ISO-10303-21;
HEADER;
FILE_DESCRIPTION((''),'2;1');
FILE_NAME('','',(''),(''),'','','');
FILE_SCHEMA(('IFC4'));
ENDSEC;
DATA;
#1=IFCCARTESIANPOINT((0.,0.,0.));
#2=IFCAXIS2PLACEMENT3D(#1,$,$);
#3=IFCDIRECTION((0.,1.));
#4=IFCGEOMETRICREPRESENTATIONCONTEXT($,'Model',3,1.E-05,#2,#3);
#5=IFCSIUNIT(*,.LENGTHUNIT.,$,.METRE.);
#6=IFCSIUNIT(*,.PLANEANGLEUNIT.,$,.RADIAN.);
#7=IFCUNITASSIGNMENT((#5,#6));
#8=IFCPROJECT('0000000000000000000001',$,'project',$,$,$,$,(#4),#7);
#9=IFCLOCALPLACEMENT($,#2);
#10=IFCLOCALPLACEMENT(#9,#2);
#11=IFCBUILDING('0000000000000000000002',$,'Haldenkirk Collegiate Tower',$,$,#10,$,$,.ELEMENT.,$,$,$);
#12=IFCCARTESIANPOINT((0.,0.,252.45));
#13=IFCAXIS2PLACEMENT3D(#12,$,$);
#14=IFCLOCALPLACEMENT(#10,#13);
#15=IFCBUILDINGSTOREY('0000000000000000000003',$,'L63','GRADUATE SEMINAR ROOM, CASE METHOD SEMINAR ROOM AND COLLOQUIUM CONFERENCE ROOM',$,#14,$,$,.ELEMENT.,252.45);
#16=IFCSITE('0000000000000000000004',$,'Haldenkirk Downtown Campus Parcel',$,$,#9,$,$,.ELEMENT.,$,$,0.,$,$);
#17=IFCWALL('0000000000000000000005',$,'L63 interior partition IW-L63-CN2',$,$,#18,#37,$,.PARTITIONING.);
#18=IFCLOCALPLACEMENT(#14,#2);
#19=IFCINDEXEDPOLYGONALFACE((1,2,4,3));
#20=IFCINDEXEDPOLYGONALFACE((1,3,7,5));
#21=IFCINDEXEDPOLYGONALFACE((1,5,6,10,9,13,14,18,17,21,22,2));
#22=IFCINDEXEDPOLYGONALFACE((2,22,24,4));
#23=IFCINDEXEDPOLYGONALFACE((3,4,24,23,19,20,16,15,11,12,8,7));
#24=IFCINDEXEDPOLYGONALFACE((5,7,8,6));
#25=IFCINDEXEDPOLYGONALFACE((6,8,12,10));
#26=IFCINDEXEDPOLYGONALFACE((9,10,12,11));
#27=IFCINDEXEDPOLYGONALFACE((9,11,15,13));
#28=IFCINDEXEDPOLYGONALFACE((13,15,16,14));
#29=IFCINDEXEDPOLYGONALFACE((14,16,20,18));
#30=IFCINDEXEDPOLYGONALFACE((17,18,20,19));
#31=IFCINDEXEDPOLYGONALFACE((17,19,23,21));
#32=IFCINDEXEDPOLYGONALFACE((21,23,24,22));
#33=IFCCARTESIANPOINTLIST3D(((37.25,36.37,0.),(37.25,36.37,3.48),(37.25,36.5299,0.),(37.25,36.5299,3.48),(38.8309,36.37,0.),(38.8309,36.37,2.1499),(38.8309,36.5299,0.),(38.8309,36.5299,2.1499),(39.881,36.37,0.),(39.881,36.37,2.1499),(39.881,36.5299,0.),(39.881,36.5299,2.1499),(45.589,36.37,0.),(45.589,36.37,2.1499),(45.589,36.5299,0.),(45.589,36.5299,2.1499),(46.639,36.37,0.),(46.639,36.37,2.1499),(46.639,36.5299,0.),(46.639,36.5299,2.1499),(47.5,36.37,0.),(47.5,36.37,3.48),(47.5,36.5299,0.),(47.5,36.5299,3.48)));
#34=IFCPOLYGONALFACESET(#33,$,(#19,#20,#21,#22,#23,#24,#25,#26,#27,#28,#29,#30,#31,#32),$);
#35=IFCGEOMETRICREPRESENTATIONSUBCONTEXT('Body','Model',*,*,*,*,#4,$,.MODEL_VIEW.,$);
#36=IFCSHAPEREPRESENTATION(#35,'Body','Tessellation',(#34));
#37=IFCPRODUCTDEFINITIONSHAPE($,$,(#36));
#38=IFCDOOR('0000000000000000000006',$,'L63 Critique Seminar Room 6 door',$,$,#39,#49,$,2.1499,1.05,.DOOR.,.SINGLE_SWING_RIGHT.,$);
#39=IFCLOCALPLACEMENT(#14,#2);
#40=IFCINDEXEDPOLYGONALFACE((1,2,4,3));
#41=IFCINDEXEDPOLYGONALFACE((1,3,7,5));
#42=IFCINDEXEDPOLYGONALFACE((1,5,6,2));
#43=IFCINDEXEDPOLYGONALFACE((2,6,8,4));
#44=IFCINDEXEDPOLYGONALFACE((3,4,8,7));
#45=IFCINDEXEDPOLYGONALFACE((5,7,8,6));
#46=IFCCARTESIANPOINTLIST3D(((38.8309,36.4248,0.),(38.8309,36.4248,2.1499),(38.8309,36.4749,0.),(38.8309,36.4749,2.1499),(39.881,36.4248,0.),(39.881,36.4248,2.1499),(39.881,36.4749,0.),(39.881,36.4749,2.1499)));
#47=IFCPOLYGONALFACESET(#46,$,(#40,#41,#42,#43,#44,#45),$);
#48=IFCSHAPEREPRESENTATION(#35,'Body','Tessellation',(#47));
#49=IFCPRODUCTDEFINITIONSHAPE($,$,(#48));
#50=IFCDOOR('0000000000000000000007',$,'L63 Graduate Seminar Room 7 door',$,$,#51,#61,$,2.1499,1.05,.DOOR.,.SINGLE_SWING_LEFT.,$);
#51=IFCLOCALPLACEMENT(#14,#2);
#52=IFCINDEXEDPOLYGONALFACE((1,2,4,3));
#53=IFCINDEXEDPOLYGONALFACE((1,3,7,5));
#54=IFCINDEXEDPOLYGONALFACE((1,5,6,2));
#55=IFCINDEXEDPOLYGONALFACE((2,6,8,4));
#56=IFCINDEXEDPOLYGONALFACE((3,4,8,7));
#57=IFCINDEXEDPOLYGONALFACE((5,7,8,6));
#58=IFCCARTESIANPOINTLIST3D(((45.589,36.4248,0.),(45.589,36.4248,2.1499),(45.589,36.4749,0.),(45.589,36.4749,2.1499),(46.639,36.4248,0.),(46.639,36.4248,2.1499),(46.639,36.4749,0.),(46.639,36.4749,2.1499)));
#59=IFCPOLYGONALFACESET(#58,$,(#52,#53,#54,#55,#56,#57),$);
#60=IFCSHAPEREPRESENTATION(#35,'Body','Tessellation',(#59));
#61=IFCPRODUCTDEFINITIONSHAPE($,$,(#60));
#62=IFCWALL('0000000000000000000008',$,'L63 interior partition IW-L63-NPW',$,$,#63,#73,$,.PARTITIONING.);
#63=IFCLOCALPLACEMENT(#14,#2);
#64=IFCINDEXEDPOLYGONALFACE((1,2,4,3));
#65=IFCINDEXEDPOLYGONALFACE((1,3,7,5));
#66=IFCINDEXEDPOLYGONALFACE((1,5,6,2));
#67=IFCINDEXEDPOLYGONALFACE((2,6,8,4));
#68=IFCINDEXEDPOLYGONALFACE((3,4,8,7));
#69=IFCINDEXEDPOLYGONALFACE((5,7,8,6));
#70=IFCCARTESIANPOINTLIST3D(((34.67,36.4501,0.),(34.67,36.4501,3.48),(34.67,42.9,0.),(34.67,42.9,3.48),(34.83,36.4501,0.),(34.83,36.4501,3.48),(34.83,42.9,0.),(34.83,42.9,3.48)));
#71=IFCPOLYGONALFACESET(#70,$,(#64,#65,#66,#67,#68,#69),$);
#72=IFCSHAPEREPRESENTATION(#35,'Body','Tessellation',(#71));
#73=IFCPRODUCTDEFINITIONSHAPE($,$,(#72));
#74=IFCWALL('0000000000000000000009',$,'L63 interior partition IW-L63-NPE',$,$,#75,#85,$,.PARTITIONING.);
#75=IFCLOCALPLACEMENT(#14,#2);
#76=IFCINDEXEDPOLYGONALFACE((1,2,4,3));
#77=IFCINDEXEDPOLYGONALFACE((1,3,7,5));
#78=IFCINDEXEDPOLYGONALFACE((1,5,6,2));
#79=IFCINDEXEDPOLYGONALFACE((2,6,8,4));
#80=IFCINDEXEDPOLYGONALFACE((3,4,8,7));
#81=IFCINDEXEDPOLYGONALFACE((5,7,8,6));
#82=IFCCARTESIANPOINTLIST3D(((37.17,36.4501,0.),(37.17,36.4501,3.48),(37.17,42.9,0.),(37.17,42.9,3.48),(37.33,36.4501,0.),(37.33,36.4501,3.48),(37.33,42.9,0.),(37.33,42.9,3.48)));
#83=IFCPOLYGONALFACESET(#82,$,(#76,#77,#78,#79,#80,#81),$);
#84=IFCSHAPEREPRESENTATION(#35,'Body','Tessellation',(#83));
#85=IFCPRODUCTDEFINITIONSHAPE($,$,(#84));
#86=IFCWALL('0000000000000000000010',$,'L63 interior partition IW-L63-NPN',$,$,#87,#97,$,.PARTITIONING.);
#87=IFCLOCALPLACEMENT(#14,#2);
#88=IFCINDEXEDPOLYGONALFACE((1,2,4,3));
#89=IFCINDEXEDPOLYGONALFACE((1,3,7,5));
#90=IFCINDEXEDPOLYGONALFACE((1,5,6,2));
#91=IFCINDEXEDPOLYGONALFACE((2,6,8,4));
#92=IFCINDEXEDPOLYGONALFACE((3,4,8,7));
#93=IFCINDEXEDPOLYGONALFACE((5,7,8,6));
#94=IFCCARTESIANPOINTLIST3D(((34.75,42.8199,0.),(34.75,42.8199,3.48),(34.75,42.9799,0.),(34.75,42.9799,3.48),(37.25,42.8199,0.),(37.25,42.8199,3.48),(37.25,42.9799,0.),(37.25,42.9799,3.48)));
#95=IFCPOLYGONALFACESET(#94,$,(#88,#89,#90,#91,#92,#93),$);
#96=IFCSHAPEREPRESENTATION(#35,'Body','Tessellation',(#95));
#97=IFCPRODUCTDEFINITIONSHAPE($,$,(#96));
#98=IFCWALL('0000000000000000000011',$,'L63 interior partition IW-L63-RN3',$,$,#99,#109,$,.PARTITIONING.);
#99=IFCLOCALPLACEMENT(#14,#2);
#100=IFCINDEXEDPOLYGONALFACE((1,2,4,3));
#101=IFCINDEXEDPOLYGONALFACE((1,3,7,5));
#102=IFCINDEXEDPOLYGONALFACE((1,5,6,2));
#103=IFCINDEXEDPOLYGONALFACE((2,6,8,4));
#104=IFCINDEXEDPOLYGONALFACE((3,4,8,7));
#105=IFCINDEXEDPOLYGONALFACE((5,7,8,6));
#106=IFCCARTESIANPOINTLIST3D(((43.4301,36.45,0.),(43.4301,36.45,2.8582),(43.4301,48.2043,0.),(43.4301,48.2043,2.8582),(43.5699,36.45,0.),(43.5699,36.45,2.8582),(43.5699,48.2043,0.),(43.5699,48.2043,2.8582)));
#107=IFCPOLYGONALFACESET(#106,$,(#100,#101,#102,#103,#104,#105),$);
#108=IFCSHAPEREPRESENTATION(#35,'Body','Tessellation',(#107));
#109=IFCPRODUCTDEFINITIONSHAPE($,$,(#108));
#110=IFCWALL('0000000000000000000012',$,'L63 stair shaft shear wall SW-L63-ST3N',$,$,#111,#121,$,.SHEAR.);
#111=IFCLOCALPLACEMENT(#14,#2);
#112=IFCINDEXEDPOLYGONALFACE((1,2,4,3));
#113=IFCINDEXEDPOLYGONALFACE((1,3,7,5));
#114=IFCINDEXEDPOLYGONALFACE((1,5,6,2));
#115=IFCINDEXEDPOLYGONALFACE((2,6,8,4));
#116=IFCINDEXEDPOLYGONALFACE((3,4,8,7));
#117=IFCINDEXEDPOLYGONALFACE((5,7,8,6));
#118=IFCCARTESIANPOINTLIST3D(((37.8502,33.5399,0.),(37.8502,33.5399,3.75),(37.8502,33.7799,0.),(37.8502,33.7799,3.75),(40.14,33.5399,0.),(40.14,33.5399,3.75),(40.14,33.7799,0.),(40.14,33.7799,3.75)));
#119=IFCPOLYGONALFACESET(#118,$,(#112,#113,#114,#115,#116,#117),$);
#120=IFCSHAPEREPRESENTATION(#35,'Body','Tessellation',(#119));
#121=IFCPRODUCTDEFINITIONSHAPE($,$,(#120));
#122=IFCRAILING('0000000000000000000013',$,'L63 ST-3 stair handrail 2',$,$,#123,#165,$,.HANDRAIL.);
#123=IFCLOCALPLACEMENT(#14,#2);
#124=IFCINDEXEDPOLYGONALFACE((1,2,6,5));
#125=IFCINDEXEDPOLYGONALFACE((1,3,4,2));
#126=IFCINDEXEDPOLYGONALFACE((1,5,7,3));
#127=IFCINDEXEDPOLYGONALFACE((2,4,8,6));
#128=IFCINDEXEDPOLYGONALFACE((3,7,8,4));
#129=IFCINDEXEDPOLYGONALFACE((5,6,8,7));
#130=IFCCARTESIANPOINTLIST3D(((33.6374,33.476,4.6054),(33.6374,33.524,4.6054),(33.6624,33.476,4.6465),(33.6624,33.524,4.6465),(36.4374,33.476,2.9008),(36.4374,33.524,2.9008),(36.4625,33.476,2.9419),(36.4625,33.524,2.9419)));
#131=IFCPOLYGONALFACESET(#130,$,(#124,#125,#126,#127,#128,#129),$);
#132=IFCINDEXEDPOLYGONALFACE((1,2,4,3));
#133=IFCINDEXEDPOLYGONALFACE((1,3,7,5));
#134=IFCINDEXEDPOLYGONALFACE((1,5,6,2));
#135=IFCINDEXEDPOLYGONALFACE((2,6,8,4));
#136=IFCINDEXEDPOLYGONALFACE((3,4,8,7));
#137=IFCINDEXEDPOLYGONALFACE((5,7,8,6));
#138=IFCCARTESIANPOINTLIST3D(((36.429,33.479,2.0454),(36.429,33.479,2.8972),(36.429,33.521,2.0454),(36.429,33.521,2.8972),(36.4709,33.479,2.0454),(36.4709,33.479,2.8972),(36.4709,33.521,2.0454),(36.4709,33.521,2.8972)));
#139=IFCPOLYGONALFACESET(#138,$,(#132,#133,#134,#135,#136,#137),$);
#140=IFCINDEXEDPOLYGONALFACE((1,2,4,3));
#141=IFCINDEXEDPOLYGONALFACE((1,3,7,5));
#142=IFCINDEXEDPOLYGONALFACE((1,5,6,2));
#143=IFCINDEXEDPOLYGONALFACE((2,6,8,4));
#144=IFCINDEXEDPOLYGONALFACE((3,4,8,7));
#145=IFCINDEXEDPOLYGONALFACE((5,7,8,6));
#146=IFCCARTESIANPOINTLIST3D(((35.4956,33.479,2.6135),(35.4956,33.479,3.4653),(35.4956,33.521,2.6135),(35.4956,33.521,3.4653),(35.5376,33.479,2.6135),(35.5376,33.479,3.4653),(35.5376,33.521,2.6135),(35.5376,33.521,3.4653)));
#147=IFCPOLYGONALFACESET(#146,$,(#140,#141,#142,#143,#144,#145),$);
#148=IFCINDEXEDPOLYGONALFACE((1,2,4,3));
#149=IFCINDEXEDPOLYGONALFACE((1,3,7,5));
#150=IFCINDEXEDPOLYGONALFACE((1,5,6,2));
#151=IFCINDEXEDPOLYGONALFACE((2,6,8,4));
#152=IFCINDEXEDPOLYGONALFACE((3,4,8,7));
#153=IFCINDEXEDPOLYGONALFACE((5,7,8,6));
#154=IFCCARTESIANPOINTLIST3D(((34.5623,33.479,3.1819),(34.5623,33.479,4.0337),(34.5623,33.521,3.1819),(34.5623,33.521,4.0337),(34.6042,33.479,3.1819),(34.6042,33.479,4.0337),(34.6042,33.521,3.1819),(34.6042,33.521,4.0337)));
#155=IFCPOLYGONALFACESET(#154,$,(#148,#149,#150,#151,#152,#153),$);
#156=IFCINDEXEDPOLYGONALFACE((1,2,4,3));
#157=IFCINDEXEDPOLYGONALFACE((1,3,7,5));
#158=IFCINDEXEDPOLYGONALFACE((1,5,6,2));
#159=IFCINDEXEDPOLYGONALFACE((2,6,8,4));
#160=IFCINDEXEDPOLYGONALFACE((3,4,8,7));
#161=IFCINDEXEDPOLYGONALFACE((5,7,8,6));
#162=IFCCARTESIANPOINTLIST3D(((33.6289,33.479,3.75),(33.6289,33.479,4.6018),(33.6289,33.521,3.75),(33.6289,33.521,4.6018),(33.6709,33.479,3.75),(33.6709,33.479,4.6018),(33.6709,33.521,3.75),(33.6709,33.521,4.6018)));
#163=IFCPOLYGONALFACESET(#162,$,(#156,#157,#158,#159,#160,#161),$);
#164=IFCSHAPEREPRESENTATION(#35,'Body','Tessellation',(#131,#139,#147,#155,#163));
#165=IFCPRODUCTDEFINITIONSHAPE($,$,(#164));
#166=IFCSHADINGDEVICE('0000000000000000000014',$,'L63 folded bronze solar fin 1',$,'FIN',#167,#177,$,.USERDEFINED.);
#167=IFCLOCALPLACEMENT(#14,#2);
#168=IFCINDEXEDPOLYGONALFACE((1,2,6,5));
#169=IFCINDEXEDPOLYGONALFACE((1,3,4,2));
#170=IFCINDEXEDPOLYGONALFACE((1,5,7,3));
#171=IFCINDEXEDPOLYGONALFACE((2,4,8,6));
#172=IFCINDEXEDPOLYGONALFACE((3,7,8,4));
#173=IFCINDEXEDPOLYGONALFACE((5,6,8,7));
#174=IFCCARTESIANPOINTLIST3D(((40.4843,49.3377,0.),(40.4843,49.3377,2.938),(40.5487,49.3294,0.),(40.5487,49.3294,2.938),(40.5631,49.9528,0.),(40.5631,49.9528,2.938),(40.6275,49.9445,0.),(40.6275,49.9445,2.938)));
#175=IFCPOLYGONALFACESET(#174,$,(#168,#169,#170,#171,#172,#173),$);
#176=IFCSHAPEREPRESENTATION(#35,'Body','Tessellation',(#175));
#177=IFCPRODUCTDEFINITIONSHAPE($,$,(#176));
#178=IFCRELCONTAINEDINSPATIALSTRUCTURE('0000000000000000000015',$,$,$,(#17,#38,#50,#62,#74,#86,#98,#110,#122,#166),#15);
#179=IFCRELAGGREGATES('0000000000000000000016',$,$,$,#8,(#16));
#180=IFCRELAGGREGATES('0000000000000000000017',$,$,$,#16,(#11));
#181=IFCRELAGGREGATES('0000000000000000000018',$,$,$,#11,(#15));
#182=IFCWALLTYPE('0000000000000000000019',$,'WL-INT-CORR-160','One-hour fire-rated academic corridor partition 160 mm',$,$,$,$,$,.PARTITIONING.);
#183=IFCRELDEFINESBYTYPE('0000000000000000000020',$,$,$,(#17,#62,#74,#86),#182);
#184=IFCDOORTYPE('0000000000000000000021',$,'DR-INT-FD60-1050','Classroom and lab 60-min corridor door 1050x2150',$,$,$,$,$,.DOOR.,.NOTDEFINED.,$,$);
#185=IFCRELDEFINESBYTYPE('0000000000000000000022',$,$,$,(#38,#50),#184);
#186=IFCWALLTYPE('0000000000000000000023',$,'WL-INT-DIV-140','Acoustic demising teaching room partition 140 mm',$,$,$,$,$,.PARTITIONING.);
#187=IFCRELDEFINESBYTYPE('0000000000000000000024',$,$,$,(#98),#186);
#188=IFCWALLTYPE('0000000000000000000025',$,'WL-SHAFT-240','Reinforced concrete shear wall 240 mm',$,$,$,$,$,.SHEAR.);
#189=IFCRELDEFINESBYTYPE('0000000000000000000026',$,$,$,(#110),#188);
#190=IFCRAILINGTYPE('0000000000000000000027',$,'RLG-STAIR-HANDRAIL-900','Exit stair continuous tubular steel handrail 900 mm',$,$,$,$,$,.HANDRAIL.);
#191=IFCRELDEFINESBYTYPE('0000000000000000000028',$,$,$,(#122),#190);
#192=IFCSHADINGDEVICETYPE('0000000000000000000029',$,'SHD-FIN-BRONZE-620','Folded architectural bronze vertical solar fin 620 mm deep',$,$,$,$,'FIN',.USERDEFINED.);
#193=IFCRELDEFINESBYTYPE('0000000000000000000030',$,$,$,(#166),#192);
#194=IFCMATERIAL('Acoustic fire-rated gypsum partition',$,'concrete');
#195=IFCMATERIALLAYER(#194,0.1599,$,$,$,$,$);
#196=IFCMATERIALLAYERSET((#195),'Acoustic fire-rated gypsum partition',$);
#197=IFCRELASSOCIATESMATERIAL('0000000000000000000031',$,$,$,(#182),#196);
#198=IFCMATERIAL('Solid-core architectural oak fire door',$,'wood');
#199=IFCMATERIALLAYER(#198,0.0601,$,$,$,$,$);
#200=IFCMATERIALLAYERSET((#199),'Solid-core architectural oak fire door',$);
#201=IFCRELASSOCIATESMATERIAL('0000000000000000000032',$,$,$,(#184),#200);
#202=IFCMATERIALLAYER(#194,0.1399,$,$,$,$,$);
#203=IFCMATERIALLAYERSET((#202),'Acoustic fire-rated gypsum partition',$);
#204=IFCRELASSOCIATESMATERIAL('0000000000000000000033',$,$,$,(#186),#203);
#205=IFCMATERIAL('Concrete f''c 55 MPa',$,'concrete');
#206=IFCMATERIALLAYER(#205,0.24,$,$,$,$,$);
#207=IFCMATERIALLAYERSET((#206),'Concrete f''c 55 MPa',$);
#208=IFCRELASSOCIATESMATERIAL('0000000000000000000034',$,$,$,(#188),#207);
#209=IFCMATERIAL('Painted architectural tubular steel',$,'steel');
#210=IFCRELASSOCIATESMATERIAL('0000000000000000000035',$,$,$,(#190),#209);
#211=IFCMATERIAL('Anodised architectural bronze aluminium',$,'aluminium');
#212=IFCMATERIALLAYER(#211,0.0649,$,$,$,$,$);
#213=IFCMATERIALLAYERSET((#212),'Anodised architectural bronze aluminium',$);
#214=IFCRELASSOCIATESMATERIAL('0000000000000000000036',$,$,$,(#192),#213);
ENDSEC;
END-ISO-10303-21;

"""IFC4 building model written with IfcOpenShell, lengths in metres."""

from ifc_helpers import new_model, si_unit, direction, frame, frame_2d, origin, origin_2d, place, context, subcontext, project, spatial, rectangle, extrude, source, transform, mapped, material, layer, layer_set, type_object, element, fill, save


model = new_model("IFC4")

# Units and contexts
model_context = context("Model", 3, precision=1e-05, world=origin(), true_north=direction((0.0, 1.0)))
body_context = subcontext(model_context, "Body", "Model", "MODEL_VIEW")
ifc_project = project(units=[si_unit("LENGTHUNIT", "METRE"), si_unit("PLANEANGLEUNIT", "RADIAN")], contexts=[model_context])

# Site, building, storey
site_placement = place(None, origin())
site = spatial("IfcSite", under=ifc_project, at=site_placement, Name="Haldenkirk Downtown Campus Parcel", CompositionType="ELEMENT", RefElevation=0.0)
building_placement = place(site_placement, origin())
building = spatial("IfcBuilding", under=site, at=building_placement, Name="Haldenkirk Collegiate Tower", CompositionType="ELEMENT")
storey_placement = place(building_placement, frame((0.0, 0.0, 252.45)))
storey = spatial("IfcBuildingStorey", under=building, at=storey_placement, Name="L63", Description="GRADUATE SEMINAR ROOM, CASE METHOD SEMINAR ROOM AND COLLOQUIUM CONFERENCE ROOM", CompositionType="ELEMENT", Elevation=252.45)

# Shared definitions
ifc_material_1 = material(Name="Anodised architectural bronze aluminium", Category="aluminium")

# Wall, openings, doors
ifc_material_2 = material(Name="Acoustic fire-rated gypsum partition", Category="concrete")
ifc_layer_1 = layer(ifc_material_2, 0.1599)
ifc_layer_set_1 = layer_set([ifc_layer_1], Name="Acoustic fire-rated gypsum partition")
wall_type_1 = type_object("IfcWallType", Name="WL-INT-CORR-160", Description="One-hour fire-rated academic corridor partition 160 mm", PredefinedType="PARTITIONING", material=ifc_layer_set_1)
wall_1_placement = place(storey_placement, frame((37.25, 36.45, 0.0), z_axis=(0.0, 0.0, 1.0), x_axis=(1.0, 0.0, 0.0)))
wall_1 = element("IfcWall", 1, at=wall_1_placement, inside=storey, type_object=wall_type_1, Name="L63 interior partition IW-L63-CN2", PredefinedType="PARTITIONING", context=body_context, shape_type="SweptSolid", body=[
    extrude(rectangle(XDim=10.25, YDim=0.1599, at=frame_2d((5.125, 0.0))), origin(), (0.0, 0.0, 1.0), 3.48),
])
opening_1_placement = place(wall_1_placement, frame((1.5811, 0.0, 0.0)))
opening_1 = element("IfcOpeningElement", 2, at=opening_1_placement, cuts=wall_1, PredefinedType="OPENING", context=body_context, shape_type="SweptSolid", body=[
    extrude(rectangle(XDim=1.05, YDim=2.1499, at=frame_2d((0.5249, 1.075))), frame((0.0, 0.0898, 0.0), z_axis=(0.0, -1.0, 0.0), x_axis=(1.0, 0.0, 0.0)), (0.0, 0.0, 1.0), 0.1799),
])
opening_2_placement = place(wall_1_placement, frame((8.3391, 0.0, 0.0)))
opening_2 = element("IfcOpeningElement", 3, at=opening_2_placement, cuts=wall_1, PredefinedType="OPENING", context=body_context, shape_type="SweptSolid", body=[
    extrude(rectangle(XDim=1.05, YDim=2.1499, at=frame_2d((0.5249, 1.075))), frame((0.0, 0.0898, 0.0), z_axis=(0.0, -1.0, 0.0), x_axis=(1.0, 0.0, 0.0)), (0.0, 0.0, 1.0), 0.1799),
])
ifc_material_3 = material(Name="Solid-core architectural oak fire door", Category="wood")
ifc_layer_2 = layer(ifc_material_3, 0.0601)
ifc_layer_set_2 = layer_set([ifc_layer_2], Name="Solid-core architectural oak fire door")
door_type = type_object("IfcDoorType", Name="DR-INT-FD60-1050", Description="Classroom and lab 60-min corridor door 1050x2150", OperationType="NOTDEFINED", PredefinedType="DOOR", material=ifc_layer_set_2)
door_1_placement = place(opening_1_placement, origin())
door_1 = element("IfcDoor", 4, at=door_1_placement, inside=storey, type_object=door_type, Name="L63 Critique Seminar Room 6 door", OperationType="SINGLE_SWING_RIGHT", OverallHeight=2.1499, OverallWidth=1.05, PredefinedType="DOOR", context=body_context, shape_type="SweptSolid", body=[
    extrude(rectangle(XDim=1.05, YDim=2.1499, at=frame_2d((0.5249, 1.075))), frame((0.0, 0.0249, 0.0), z_axis=(0.0, -1.0, 0.0), x_axis=(1.0, 0.0, 0.0)), (0.0, 0.0, 1.0), 0.05),
])
fill(opening_1, door_1)
door_2_placement = place(opening_2_placement, origin())
door_2 = element("IfcDoor", 5, at=door_2_placement, inside=storey, type_object=door_type, Name="L63 Graduate Seminar Room 7 door", OperationType="SINGLE_SWING_LEFT", OverallHeight=2.1499, OverallWidth=1.05, PredefinedType="DOOR", context=body_context, shape_type="SweptSolid", body=[
    extrude(rectangle(XDim=1.05, YDim=2.1499, at=frame_2d((0.5249, 1.075))), frame((0.0, 0.0249, 0.0), z_axis=(0.0, -1.0, 0.0), x_axis=(1.0, 0.0, 0.0)), (0.0, 0.0, 1.0), 0.05),
])
fill(opening_2, door_2)

# Walls
for number, where, z_axis, x_axis, name in (
    (6, (34.75, 36.45, 0.0), (0.0, 0.0, 1.0), (0.0, 1.0, 0.0), "L63 interior partition IW-L63-NPW"),
    (7, (37.25, 36.45, 0.0), (0.0, 0.0, 1.0), (0.0, 1.0, 0.0), "L63 interior partition IW-L63-NPE"),
):
    element("IfcWall", number, at=place(storey_placement, frame(where, z_axis=z_axis, x_axis=x_axis)), inside=storey, type_object=wall_type_1, Name=name, PredefinedType="PARTITIONING", context=body_context, shape_type="SweptSolid", body=[
        extrude(rectangle(XDim=6.45, YDim=0.1599, at=frame_2d((3.2251, 0.0))), origin(), (0.0, 0.0, 1.0), 3.48),
    ])
wall_2_placement = place(storey_placement, frame((34.75, 42.8999, 0.0), z_axis=(0.0, 0.0, 1.0), x_axis=(1.0, 0.0, 0.0)))
element("IfcWall", 8, at=wall_2_placement, inside=storey, type_object=wall_type_1, Name="L63 interior partition IW-L63-NPN", PredefinedType="PARTITIONING", context=body_context, shape_type="SweptSolid", body=[
    extrude(rectangle(XDim=2.5, YDim=0.1599, at=frame_2d((1.25, 0.0))), origin(), (0.0, 0.0, 1.0), 3.48),
])
ifc_layer_3 = layer(ifc_material_2, 0.1399)
ifc_layer_set_3 = layer_set([ifc_layer_3], Name="Acoustic fire-rated gypsum partition")
wall_type_2 = type_object("IfcWallType", Name="WL-INT-DIV-140", Description="Acoustic demising teaching room partition 140 mm", PredefinedType="PARTITIONING", material=ifc_layer_set_3)
wall_3_placement = place(storey_placement, frame((43.5, 36.45, 0.0), z_axis=(0.0, 0.0, 1.0), x_axis=(0.0, 1.0, 0.0)))
element("IfcWall", 9, at=wall_3_placement, inside=storey, type_object=wall_type_2, Name="L63 interior partition IW-L63-RN3", PredefinedType="PARTITIONING", context=body_context, shape_type="SweptSolid", body=[
    extrude(rectangle(XDim=11.7544, YDim=0.1399, at=frame_2d((5.8772, 0.0))), origin(), (0.0, 0.0, 1.0), 2.8582),
])
ifc_material_4 = material(Name="Concrete f'c 55 MPa", Category="concrete")
ifc_layer_4 = layer(ifc_material_4, 0.24)
ifc_layer_set_4 = layer_set([ifc_layer_4], Name="Concrete f'c 55 MPa")
wall_type_3 = type_object("IfcWallType", Name="WL-SHAFT-240", Description="Reinforced concrete shear wall 240 mm", PredefinedType="SHEAR", material=ifc_layer_set_4)
wall_4_placement = place(storey_placement, frame((37.8501, 33.6599, 0.0), z_axis=(0.0, 0.0, 1.0), x_axis=(1.0, 0.0, 0.0)))
element("IfcWall", 10, at=wall_4_placement, inside=storey, type_object=wall_type_3, Name="L63 stair shaft shear wall SW-L63-ST3N", PredefinedType="SHEAR", context=body_context, shape_type="SweptSolid", body=[
    extrude(rectangle(XDim=2.2898, YDim=0.24, at=frame_2d((1.145, 0.0))), origin(), (0.0, 0.0, 1.0), 3.75),
])

# Railing
ifc_material_5 = material(Name="Painted architectural tubular steel", Category="steel")
railing_type = type_object("IfcRailingType", Name="RLG-STAIR-HANDRAIL-900", Description="Exit stair continuous tubular steel handrail 900 mm", PredefinedType="HANDRAIL", material=ifc_material_5)
railing_placement = place(storey_placement, frame((36.45, 33.5, 2.0454)))
element("IfcRailing", 11, at=railing_placement, inside=storey, type_object=railing_type, Name="L63 ST-3 stair handrail 2", PredefinedType="HANDRAIL", context=body_context, shape_type="SweptSolid", body=[
    extrude(rectangle(XDim=0.0481, YDim=0.0481, at=origin_2d()), frame((0.0, 0.0, 0.876), z_axis=(-0.85417, 0.0, 0.519994), x_axis=(0.0, -1.0, 0.0)), (0.0, 0.0, 1.0), 3.2781),
    extrude(rectangle(XDim=0.042, YDim=0.042, at=origin_2d()), origin(), (0.0, 0.0, 1.0), 0.8518),
    extrude(rectangle(XDim=0.042, YDim=0.042, at=origin_2d()), frame((-0.9333, 0.0, 0.5681)), (0.0, 0.0, 1.0), 0.8518),
    extrude(rectangle(XDim=0.042, YDim=0.042, at=origin_2d()), frame((-1.8667, 0.0, 1.1365)), (0.0, 0.0, 1.0), 0.8518),
    extrude(rectangle(XDim=0.042, YDim=0.042, at=origin_2d()), frame((-2.8, 0.0, 1.7046)), (0.0, 0.0, 1.0), 0.8518),
])

# Shading device
ifc_layer_5 = layer(ifc_material_1, 0.0649)
ifc_layer_set_5 = layer_set([ifc_layer_5], Name="Anodised architectural bronze aluminium")
shading_device_type = type_object("IfcShadingDeviceType", Name="SHD-FIN-BRONZE-620", Description="Folded architectural bronze vertical solar fin 620 mm deep", ElementType="FIN", PredefinedType="USERDEFINED", material=ifc_layer_set_5)
shared_shape_1 = source(origin(), body_context, "Body", "SweptSolid", [
    extrude(rectangle(XDim=0.6201, YDim=0.0649, at=origin_2d()), origin(), (0.0, 0.0, 1.0), 2.938),
])
shading_device_placement = place(storey_placement, frame((40.5559, 49.6411, 0.0), z_axis=(0.0, 0.0, 1.0), x_axis=(0.127065, 0.991894, 0.0)))
element("IfcShadingDevice", 12, at=shading_device_placement, inside=storey, type_object=shading_device_type, Name="L63 folded bronze solar fin 1", ObjectType="FIN", PredefinedType="USERDEFINED", context=body_context, shape_type="MappedRepresentation", body=[
    mapped(shared_shape_1, transform((0.0, 0.0, 0.0), x_axis=(1.0, 0.0, 0.0), y_axis=(0.0, 1.0, 0.0), z_axis=(0.0, 0.0, 1.0), scale=1.0)),
])

save(model, "model.ifc")
